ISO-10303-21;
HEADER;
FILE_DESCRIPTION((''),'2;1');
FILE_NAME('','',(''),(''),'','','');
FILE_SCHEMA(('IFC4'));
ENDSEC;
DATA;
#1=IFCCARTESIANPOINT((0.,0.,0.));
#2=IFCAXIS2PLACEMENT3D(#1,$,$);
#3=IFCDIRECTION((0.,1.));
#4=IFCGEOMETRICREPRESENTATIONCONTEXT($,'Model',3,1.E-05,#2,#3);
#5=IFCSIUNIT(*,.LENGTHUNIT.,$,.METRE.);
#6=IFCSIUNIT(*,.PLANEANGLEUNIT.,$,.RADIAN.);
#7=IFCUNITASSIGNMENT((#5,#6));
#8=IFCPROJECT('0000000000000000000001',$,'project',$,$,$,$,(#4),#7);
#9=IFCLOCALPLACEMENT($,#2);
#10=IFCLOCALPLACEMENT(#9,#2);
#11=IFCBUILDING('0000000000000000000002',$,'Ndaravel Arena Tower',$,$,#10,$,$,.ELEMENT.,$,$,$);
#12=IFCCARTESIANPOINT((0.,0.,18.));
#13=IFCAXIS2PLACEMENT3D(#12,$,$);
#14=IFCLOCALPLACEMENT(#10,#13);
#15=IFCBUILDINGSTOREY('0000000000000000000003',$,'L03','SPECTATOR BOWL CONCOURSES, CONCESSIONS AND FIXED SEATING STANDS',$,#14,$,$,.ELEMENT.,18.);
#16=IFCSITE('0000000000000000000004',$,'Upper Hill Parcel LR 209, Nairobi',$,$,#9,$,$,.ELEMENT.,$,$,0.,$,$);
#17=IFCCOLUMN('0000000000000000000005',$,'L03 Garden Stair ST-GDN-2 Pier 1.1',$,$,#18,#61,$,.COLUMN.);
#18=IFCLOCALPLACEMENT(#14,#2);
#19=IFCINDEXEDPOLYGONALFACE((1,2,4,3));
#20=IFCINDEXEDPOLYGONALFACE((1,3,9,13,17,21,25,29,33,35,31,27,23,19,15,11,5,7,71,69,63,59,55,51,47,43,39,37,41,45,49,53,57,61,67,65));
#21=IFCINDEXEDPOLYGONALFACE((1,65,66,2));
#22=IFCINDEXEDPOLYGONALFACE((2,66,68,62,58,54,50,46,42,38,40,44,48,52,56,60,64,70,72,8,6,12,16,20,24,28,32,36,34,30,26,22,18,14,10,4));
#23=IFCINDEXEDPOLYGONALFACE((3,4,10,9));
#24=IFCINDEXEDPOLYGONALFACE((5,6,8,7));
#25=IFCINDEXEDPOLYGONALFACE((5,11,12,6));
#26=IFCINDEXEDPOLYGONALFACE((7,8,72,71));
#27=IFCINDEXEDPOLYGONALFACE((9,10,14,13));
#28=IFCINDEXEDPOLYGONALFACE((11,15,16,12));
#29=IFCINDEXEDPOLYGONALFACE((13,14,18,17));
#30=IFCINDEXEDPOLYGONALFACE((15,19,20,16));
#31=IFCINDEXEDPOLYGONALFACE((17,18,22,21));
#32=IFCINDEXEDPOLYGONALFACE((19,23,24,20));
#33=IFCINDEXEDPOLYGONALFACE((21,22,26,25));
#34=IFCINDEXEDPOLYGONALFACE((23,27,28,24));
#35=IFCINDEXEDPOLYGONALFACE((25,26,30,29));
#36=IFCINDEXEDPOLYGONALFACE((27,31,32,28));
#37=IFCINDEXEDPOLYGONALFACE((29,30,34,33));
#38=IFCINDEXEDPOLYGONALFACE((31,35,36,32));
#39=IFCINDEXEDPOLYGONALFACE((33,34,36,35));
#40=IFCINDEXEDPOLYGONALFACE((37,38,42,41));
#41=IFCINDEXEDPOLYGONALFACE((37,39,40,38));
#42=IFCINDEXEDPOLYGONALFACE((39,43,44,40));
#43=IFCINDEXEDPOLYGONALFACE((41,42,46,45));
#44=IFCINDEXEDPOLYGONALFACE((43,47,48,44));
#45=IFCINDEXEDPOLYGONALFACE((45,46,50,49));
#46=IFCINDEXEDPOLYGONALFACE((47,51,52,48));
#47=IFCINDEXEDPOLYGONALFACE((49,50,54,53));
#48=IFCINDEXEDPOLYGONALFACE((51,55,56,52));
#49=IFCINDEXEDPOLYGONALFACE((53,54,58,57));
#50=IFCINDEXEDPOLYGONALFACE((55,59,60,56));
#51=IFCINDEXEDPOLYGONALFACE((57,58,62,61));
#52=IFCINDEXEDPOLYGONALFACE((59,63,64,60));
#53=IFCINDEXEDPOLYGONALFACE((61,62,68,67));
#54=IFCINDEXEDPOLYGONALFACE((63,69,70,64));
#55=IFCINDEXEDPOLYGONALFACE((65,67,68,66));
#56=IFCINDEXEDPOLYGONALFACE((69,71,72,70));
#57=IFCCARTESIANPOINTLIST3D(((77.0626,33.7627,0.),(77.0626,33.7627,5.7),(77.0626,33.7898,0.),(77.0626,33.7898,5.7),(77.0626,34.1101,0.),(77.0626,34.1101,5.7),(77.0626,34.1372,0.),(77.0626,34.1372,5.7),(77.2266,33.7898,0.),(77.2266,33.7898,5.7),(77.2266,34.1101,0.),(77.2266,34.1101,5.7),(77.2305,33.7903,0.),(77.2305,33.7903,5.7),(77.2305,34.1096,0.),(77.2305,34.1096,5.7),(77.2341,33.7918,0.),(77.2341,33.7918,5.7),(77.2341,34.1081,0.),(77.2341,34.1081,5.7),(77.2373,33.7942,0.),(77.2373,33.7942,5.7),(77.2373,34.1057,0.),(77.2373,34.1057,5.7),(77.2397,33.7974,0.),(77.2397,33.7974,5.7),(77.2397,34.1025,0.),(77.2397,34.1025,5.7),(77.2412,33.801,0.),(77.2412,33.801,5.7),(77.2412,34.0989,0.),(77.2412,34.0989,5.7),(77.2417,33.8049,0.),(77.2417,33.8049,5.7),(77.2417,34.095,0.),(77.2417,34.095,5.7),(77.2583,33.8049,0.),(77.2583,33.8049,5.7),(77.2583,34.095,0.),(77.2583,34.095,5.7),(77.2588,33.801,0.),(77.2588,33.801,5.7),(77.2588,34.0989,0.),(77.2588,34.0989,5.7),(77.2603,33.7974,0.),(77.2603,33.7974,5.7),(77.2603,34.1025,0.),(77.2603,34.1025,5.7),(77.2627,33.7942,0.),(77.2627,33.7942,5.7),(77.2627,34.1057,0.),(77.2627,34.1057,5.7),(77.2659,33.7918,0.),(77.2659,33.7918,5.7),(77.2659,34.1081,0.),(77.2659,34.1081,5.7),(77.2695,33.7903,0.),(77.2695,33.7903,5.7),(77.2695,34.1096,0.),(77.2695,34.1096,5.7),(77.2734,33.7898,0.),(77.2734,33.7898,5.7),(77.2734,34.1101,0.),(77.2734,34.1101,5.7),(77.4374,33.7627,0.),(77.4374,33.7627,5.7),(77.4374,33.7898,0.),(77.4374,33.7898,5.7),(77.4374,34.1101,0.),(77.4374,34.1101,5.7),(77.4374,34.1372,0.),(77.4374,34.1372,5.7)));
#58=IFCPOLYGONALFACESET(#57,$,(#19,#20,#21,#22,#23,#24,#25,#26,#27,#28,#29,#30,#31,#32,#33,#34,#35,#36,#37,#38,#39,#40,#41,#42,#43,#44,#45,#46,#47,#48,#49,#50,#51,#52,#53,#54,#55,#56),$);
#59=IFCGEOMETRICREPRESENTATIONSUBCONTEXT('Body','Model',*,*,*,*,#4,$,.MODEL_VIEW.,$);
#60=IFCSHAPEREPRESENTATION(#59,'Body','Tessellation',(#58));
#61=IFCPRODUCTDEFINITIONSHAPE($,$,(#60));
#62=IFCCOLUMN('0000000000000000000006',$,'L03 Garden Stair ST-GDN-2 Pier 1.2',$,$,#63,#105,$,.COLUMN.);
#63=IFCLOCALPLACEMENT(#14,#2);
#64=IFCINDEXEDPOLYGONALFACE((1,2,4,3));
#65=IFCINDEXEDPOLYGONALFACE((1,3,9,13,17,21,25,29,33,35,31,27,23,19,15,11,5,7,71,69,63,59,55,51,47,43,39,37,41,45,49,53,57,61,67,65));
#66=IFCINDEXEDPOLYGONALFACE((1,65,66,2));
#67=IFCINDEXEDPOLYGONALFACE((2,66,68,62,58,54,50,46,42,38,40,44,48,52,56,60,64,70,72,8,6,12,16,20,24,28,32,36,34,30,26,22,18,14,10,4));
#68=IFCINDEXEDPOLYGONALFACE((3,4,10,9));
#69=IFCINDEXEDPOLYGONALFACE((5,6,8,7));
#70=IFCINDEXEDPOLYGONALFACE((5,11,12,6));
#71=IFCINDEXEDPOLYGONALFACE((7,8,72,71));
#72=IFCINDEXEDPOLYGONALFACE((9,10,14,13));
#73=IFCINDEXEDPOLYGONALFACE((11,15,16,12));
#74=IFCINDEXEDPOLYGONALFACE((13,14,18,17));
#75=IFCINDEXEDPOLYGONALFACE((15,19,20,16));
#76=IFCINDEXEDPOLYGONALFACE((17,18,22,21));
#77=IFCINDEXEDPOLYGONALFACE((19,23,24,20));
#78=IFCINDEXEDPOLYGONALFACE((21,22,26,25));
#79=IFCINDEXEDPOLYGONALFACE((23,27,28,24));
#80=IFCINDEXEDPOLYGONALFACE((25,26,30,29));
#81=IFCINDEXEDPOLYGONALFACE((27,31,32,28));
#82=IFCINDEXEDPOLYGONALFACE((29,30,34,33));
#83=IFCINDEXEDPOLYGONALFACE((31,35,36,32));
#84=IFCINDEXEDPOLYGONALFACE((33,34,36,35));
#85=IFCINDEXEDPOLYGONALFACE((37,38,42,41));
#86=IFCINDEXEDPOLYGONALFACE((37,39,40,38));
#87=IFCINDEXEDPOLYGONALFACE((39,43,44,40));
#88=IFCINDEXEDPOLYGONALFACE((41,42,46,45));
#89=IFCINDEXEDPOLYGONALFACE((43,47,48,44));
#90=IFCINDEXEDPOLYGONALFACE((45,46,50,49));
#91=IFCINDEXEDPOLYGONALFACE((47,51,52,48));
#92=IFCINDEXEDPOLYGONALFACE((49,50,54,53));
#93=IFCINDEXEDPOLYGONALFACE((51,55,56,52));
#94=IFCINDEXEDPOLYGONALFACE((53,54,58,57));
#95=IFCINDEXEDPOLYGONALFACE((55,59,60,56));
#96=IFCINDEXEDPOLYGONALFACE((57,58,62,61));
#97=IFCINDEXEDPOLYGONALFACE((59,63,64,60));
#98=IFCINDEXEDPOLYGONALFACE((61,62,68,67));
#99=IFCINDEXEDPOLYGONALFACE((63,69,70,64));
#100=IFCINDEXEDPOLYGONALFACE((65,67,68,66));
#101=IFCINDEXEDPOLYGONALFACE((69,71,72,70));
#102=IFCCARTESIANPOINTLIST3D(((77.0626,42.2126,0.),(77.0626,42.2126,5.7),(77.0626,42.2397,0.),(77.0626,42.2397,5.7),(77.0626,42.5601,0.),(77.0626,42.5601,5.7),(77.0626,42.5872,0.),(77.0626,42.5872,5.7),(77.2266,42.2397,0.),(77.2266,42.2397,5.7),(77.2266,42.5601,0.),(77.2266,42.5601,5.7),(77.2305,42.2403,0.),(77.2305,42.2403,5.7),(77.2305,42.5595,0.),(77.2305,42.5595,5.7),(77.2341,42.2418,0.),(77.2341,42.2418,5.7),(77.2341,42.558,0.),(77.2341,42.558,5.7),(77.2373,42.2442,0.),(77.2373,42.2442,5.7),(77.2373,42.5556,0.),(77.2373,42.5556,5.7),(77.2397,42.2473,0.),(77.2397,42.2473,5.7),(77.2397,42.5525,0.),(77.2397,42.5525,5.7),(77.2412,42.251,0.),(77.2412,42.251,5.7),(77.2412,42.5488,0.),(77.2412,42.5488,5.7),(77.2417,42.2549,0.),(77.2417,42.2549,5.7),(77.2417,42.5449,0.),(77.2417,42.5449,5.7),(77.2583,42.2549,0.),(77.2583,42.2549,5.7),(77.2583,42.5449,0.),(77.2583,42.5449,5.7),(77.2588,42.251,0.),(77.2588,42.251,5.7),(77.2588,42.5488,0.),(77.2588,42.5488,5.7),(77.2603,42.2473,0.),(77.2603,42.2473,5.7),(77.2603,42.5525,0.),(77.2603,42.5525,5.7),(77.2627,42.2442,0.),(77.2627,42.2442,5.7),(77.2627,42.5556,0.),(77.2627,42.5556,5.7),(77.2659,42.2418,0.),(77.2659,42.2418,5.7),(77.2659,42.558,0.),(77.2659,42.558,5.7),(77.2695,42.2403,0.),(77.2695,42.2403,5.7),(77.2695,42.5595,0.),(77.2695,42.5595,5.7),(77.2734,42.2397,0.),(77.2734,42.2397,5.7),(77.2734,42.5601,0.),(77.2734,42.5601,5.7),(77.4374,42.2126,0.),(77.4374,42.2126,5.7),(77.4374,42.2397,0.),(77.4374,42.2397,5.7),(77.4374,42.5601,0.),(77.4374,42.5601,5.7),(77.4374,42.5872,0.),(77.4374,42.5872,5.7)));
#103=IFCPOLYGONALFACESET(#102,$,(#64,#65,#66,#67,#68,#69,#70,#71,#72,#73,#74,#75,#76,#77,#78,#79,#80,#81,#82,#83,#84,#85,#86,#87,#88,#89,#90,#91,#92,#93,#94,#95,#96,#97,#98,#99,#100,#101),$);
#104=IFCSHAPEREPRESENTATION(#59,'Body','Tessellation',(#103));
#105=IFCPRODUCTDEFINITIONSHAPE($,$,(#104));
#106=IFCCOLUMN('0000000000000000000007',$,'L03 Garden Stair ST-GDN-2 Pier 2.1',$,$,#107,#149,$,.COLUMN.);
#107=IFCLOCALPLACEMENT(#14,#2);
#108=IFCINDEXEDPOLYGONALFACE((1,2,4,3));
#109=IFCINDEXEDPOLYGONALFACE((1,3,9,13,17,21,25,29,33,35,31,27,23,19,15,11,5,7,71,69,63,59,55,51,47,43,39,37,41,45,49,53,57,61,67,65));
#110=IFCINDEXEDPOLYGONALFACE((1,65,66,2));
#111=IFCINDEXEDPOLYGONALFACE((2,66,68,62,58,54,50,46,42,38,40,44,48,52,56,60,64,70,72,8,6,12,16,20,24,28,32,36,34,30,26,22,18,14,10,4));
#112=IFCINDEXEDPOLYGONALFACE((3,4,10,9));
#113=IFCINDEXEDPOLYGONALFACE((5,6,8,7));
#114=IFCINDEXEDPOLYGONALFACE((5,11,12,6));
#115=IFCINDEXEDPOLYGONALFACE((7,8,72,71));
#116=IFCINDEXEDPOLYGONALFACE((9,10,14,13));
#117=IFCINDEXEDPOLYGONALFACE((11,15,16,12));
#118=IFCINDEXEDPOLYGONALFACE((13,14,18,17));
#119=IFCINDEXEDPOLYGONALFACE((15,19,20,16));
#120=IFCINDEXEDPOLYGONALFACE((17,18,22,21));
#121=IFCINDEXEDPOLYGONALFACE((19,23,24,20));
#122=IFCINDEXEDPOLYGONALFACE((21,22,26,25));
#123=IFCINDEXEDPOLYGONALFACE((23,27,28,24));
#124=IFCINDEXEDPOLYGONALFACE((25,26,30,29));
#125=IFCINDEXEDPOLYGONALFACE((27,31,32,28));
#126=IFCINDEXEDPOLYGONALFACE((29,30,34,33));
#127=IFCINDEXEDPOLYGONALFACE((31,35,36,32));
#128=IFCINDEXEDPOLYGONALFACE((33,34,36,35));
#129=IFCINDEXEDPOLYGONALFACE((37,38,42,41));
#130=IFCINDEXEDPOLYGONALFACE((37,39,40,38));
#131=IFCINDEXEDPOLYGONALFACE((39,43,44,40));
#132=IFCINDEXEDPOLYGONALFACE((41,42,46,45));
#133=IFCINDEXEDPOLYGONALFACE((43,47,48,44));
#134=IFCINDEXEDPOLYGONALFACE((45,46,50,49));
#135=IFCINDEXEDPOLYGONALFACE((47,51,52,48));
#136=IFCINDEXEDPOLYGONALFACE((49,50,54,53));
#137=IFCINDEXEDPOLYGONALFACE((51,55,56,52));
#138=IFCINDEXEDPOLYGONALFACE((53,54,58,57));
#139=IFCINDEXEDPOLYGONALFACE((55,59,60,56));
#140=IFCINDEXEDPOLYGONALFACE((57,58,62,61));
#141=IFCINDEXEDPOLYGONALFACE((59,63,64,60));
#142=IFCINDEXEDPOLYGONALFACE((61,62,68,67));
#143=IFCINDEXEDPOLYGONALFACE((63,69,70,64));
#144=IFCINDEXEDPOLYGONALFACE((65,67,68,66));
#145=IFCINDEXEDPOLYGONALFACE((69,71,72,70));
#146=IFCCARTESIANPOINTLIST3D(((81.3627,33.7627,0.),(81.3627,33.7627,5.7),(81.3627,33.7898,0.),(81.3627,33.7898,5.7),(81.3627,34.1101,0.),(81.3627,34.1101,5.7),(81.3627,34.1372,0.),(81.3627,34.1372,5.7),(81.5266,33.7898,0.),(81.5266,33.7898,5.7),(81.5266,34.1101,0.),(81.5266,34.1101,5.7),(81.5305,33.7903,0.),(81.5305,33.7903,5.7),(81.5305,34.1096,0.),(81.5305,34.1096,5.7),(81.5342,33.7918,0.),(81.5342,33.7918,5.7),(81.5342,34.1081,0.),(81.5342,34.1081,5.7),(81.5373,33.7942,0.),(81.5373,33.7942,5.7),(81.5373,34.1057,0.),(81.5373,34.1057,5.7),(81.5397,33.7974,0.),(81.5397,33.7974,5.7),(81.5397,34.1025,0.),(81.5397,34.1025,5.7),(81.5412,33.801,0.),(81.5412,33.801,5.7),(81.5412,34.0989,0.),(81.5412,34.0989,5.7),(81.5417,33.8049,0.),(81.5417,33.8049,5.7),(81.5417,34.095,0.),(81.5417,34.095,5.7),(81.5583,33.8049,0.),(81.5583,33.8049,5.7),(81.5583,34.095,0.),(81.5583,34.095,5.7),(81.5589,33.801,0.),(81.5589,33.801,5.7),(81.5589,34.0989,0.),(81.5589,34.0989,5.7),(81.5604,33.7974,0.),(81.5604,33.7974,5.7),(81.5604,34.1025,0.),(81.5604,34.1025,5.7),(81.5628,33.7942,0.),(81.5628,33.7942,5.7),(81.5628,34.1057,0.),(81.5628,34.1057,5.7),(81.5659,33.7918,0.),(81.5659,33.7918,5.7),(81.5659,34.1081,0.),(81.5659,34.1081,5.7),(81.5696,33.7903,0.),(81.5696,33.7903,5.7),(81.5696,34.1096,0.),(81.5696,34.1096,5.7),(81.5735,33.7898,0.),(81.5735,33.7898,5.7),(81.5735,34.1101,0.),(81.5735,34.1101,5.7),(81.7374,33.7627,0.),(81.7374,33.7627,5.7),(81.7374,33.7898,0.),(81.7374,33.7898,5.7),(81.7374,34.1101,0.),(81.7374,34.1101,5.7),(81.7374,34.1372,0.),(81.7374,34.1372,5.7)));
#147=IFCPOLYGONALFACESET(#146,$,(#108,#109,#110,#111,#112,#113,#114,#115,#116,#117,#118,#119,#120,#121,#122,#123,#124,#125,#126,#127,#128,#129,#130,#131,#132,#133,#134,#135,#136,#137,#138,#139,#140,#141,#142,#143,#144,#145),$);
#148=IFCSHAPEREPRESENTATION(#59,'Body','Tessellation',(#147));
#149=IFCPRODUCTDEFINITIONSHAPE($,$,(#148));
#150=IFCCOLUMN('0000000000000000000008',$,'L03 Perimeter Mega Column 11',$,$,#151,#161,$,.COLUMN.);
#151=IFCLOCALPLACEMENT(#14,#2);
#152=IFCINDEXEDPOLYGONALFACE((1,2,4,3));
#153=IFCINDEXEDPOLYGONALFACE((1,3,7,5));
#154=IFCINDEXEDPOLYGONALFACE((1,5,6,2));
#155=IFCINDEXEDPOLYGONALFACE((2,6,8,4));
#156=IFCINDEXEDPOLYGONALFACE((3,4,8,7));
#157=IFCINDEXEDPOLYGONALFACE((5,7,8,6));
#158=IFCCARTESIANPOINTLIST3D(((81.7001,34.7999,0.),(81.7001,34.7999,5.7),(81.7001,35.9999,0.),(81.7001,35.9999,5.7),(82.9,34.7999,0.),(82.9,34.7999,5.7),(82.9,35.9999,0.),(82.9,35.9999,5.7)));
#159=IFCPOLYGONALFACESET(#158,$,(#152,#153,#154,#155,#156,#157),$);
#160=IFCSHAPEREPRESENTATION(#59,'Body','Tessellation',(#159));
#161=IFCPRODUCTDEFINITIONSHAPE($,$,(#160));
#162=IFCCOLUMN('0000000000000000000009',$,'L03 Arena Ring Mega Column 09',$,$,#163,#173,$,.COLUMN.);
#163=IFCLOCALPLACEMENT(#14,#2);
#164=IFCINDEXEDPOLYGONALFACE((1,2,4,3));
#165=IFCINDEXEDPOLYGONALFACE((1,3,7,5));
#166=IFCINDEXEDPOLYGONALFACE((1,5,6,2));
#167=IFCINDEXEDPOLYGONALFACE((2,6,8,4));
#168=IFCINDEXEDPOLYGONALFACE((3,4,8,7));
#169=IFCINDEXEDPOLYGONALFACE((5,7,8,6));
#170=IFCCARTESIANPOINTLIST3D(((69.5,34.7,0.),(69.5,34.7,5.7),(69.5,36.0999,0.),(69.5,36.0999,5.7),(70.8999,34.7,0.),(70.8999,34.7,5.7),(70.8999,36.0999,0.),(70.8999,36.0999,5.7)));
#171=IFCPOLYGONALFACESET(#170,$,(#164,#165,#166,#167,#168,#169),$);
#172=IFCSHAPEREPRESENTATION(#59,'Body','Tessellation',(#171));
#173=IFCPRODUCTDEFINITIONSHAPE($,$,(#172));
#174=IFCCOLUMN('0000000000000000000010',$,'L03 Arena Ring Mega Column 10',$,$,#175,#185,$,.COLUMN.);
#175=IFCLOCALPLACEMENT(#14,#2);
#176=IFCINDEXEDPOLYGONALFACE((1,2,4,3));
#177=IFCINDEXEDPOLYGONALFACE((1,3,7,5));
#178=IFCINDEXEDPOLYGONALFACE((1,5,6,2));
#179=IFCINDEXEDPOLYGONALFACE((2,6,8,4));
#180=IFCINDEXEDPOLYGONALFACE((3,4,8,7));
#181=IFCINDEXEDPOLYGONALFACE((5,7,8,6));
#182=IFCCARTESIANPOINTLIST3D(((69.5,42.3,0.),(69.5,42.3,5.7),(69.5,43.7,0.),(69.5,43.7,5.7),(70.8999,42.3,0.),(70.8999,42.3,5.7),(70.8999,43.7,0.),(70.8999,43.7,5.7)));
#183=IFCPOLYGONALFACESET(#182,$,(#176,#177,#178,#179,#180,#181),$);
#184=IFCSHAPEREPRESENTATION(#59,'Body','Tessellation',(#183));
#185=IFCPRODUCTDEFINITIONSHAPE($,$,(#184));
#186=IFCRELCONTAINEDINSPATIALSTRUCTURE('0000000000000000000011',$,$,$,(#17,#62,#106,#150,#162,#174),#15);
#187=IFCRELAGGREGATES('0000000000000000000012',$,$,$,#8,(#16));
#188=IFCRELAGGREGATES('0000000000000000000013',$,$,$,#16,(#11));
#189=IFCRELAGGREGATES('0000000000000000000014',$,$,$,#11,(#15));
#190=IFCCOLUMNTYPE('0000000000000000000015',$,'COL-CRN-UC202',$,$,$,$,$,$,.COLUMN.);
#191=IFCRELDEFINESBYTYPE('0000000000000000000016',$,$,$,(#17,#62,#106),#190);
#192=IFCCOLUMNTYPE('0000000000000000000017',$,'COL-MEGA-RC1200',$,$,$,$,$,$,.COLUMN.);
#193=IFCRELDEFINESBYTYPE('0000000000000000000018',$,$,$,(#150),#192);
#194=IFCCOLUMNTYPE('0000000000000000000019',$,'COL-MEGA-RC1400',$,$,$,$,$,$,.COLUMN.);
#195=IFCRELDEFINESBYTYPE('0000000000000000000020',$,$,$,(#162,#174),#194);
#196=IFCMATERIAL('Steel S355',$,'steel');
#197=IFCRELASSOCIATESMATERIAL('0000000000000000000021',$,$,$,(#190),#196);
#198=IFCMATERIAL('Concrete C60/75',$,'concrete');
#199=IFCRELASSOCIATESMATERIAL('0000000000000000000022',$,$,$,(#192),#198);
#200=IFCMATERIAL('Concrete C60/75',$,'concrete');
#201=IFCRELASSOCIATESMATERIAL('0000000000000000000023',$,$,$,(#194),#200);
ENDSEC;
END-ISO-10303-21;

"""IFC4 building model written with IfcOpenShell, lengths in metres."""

from ifc_helpers import new_model, si_unit, direction, frame, origin, origin_2d, place, context, subcontext, project, spatial, rectangle, i_section, extrude, material, material_profile, profile_set, type_object, element, save


model = new_model("IFC4")

# Units and contexts
model_context = context("Model", 3, precision=1e-05, world=origin(), true_north=direction((0.0, 1.0)))
body_context = subcontext(model_context, "Body", "Model", "MODEL_VIEW")
ifc_project = project(units=[si_unit("LENGTHUNIT", "METRE"), si_unit("PLANEANGLEUNIT", "RADIAN")], contexts=[model_context])

# Site, building, storey
site_placement = place(None, origin())
site = spatial("IfcSite", under=ifc_project, at=site_placement, Name="Upper Hill Parcel LR 209, Nairobi", CompositionType="ELEMENT", RefElevation=0.0)
building_placement = place(site_placement, origin())
building = spatial("IfcBuilding", under=site, at=building_placement, Name="Ndaravel Arena Tower", CompositionType="ELEMENT")
storey_placement = place(building_placement, frame((0.0, 0.0, 18.0)))
storey = spatial("IfcBuildingStorey", under=building, at=storey_placement, Name="L03", Description="SPECTATOR BOWL CONCOURSES, CONCESSIONS AND FIXED SEATING STANDS", CompositionType="ELEMENT", Elevation=18.0)

# Columns
ifc_material_1 = material(Name="Steel S355", Category="steel")
ifc_material_profile_1 = material_profile(ifc_material_1, i_section(OverallWidth=0.3748, OverallDepth=0.3745, WebThickness=0.0166, FlangeThickness=0.0271, FilletRadius=0.0151, at=origin_2d()), Name="UC 356x368x202")
ifc_profile_set_1 = profile_set([ifc_material_profile_1], Name="Steel S355")
column_type_1 = type_object("IfcColumnType", Name="COL-CRN-UC202", PredefinedType="COLUMN", material=ifc_profile_set_1)
for number, where, z_axis, x_axis, name in (
    (1, (77.25, 33.95, 0.0), (0.0, 0.0, 1.0), (1.0, 0.0, 0.0), "L03 Garden Stair ST-GDN-2 Pier 1.1"),
    (2, (77.25, 42.3999, 0.0), (0.0, 0.0, 1.0), (1.0, 0.0, 0.0), "L03 Garden Stair ST-GDN-2 Pier 1.2"),
    (3, (81.55, 33.95, 0.0), (0.0, 0.0, 1.0), (1.0, 0.0, 0.0), "L03 Garden Stair ST-GDN-2 Pier 2.1"),
):
    element("IfcColumn", number, at=place(storey_placement, frame(where, z_axis=z_axis, x_axis=x_axis)), inside=storey, type_object=column_type_1, Name=name, PredefinedType="COLUMN", context=body_context, shape_type="SweptSolid", body=[
        extrude(i_section(OverallWidth=0.3748, OverallDepth=0.3745, WebThickness=0.0166, FlangeThickness=0.0271, FilletRadius=0.0151, at=origin_2d()), origin(), (0.0, 0.0, 1.0), 5.7),
    ])
ifc_material_2 = material(Name="Concrete C60/75", Category="concrete")
ifc_material_profile_2 = material_profile(ifc_material_2, rectangle(XDim=1.2, YDim=1.2, at=origin_2d()), Name="RC 1200x1200")
ifc_profile_set_2 = profile_set([ifc_material_profile_2], Name="Concrete C60/75")
column_type_2 = type_object("IfcColumnType", Name="COL-MEGA-RC1200", PredefinedType="COLUMN", material=ifc_profile_set_2)
column_placement = place(storey_placement, frame((82.3, 35.3999, 0.0), z_axis=(0.0, 0.0, 1.0), x_axis=(1.0, 0.0, 0.0)))
element("IfcColumn", 4, at=column_placement, inside=storey, type_object=column_type_2, Name="L03 Perimeter Mega Column 11", PredefinedType="COLUMN", context=body_context, shape_type="SweptSolid", body=[
    extrude(rectangle(XDim=1.2, YDim=1.2, at=origin_2d()), origin(), (0.0, 0.0, 1.0), 5.7),
])
ifc_material_3 = material(Name="Concrete C60/75", Category="concrete")
ifc_material_profile_3 = material_profile(ifc_material_3, rectangle(XDim=1.3999, YDim=1.3999, at=origin_2d()), Name="RC 1400x1400")
ifc_profile_set_3 = profile_set([ifc_material_profile_3], Name="Concrete C60/75")
column_type_3 = type_object("IfcColumnType", Name="COL-MEGA-RC1400", PredefinedType="COLUMN", material=ifc_profile_set_3)
for number, where, z_axis, x_axis, name in (
    (5, (70.2, 35.3999, 0.0), (0.0, 0.0, 1.0), (1.0, 0.0, 0.0), "L03 Arena Ring Mega Column 09"),
    (6, (70.2, 43.0, 0.0), (0.0, 0.0, 1.0), (1.0, 0.0, 0.0), "L03 Arena Ring Mega Column 10"),
):
    element("IfcColumn", number, at=place(storey_placement, frame(where, z_axis=z_axis, x_axis=x_axis)), inside=storey, type_object=column_type_3, Name=name, PredefinedType="COLUMN", context=body_context, shape_type="SweptSolid", body=[
        extrude(rectangle(XDim=1.3999, YDim=1.3999, at=origin_2d()), origin(), (0.0, 0.0, 1.0), 5.7),
    ])

save(model, "model.ifc")
